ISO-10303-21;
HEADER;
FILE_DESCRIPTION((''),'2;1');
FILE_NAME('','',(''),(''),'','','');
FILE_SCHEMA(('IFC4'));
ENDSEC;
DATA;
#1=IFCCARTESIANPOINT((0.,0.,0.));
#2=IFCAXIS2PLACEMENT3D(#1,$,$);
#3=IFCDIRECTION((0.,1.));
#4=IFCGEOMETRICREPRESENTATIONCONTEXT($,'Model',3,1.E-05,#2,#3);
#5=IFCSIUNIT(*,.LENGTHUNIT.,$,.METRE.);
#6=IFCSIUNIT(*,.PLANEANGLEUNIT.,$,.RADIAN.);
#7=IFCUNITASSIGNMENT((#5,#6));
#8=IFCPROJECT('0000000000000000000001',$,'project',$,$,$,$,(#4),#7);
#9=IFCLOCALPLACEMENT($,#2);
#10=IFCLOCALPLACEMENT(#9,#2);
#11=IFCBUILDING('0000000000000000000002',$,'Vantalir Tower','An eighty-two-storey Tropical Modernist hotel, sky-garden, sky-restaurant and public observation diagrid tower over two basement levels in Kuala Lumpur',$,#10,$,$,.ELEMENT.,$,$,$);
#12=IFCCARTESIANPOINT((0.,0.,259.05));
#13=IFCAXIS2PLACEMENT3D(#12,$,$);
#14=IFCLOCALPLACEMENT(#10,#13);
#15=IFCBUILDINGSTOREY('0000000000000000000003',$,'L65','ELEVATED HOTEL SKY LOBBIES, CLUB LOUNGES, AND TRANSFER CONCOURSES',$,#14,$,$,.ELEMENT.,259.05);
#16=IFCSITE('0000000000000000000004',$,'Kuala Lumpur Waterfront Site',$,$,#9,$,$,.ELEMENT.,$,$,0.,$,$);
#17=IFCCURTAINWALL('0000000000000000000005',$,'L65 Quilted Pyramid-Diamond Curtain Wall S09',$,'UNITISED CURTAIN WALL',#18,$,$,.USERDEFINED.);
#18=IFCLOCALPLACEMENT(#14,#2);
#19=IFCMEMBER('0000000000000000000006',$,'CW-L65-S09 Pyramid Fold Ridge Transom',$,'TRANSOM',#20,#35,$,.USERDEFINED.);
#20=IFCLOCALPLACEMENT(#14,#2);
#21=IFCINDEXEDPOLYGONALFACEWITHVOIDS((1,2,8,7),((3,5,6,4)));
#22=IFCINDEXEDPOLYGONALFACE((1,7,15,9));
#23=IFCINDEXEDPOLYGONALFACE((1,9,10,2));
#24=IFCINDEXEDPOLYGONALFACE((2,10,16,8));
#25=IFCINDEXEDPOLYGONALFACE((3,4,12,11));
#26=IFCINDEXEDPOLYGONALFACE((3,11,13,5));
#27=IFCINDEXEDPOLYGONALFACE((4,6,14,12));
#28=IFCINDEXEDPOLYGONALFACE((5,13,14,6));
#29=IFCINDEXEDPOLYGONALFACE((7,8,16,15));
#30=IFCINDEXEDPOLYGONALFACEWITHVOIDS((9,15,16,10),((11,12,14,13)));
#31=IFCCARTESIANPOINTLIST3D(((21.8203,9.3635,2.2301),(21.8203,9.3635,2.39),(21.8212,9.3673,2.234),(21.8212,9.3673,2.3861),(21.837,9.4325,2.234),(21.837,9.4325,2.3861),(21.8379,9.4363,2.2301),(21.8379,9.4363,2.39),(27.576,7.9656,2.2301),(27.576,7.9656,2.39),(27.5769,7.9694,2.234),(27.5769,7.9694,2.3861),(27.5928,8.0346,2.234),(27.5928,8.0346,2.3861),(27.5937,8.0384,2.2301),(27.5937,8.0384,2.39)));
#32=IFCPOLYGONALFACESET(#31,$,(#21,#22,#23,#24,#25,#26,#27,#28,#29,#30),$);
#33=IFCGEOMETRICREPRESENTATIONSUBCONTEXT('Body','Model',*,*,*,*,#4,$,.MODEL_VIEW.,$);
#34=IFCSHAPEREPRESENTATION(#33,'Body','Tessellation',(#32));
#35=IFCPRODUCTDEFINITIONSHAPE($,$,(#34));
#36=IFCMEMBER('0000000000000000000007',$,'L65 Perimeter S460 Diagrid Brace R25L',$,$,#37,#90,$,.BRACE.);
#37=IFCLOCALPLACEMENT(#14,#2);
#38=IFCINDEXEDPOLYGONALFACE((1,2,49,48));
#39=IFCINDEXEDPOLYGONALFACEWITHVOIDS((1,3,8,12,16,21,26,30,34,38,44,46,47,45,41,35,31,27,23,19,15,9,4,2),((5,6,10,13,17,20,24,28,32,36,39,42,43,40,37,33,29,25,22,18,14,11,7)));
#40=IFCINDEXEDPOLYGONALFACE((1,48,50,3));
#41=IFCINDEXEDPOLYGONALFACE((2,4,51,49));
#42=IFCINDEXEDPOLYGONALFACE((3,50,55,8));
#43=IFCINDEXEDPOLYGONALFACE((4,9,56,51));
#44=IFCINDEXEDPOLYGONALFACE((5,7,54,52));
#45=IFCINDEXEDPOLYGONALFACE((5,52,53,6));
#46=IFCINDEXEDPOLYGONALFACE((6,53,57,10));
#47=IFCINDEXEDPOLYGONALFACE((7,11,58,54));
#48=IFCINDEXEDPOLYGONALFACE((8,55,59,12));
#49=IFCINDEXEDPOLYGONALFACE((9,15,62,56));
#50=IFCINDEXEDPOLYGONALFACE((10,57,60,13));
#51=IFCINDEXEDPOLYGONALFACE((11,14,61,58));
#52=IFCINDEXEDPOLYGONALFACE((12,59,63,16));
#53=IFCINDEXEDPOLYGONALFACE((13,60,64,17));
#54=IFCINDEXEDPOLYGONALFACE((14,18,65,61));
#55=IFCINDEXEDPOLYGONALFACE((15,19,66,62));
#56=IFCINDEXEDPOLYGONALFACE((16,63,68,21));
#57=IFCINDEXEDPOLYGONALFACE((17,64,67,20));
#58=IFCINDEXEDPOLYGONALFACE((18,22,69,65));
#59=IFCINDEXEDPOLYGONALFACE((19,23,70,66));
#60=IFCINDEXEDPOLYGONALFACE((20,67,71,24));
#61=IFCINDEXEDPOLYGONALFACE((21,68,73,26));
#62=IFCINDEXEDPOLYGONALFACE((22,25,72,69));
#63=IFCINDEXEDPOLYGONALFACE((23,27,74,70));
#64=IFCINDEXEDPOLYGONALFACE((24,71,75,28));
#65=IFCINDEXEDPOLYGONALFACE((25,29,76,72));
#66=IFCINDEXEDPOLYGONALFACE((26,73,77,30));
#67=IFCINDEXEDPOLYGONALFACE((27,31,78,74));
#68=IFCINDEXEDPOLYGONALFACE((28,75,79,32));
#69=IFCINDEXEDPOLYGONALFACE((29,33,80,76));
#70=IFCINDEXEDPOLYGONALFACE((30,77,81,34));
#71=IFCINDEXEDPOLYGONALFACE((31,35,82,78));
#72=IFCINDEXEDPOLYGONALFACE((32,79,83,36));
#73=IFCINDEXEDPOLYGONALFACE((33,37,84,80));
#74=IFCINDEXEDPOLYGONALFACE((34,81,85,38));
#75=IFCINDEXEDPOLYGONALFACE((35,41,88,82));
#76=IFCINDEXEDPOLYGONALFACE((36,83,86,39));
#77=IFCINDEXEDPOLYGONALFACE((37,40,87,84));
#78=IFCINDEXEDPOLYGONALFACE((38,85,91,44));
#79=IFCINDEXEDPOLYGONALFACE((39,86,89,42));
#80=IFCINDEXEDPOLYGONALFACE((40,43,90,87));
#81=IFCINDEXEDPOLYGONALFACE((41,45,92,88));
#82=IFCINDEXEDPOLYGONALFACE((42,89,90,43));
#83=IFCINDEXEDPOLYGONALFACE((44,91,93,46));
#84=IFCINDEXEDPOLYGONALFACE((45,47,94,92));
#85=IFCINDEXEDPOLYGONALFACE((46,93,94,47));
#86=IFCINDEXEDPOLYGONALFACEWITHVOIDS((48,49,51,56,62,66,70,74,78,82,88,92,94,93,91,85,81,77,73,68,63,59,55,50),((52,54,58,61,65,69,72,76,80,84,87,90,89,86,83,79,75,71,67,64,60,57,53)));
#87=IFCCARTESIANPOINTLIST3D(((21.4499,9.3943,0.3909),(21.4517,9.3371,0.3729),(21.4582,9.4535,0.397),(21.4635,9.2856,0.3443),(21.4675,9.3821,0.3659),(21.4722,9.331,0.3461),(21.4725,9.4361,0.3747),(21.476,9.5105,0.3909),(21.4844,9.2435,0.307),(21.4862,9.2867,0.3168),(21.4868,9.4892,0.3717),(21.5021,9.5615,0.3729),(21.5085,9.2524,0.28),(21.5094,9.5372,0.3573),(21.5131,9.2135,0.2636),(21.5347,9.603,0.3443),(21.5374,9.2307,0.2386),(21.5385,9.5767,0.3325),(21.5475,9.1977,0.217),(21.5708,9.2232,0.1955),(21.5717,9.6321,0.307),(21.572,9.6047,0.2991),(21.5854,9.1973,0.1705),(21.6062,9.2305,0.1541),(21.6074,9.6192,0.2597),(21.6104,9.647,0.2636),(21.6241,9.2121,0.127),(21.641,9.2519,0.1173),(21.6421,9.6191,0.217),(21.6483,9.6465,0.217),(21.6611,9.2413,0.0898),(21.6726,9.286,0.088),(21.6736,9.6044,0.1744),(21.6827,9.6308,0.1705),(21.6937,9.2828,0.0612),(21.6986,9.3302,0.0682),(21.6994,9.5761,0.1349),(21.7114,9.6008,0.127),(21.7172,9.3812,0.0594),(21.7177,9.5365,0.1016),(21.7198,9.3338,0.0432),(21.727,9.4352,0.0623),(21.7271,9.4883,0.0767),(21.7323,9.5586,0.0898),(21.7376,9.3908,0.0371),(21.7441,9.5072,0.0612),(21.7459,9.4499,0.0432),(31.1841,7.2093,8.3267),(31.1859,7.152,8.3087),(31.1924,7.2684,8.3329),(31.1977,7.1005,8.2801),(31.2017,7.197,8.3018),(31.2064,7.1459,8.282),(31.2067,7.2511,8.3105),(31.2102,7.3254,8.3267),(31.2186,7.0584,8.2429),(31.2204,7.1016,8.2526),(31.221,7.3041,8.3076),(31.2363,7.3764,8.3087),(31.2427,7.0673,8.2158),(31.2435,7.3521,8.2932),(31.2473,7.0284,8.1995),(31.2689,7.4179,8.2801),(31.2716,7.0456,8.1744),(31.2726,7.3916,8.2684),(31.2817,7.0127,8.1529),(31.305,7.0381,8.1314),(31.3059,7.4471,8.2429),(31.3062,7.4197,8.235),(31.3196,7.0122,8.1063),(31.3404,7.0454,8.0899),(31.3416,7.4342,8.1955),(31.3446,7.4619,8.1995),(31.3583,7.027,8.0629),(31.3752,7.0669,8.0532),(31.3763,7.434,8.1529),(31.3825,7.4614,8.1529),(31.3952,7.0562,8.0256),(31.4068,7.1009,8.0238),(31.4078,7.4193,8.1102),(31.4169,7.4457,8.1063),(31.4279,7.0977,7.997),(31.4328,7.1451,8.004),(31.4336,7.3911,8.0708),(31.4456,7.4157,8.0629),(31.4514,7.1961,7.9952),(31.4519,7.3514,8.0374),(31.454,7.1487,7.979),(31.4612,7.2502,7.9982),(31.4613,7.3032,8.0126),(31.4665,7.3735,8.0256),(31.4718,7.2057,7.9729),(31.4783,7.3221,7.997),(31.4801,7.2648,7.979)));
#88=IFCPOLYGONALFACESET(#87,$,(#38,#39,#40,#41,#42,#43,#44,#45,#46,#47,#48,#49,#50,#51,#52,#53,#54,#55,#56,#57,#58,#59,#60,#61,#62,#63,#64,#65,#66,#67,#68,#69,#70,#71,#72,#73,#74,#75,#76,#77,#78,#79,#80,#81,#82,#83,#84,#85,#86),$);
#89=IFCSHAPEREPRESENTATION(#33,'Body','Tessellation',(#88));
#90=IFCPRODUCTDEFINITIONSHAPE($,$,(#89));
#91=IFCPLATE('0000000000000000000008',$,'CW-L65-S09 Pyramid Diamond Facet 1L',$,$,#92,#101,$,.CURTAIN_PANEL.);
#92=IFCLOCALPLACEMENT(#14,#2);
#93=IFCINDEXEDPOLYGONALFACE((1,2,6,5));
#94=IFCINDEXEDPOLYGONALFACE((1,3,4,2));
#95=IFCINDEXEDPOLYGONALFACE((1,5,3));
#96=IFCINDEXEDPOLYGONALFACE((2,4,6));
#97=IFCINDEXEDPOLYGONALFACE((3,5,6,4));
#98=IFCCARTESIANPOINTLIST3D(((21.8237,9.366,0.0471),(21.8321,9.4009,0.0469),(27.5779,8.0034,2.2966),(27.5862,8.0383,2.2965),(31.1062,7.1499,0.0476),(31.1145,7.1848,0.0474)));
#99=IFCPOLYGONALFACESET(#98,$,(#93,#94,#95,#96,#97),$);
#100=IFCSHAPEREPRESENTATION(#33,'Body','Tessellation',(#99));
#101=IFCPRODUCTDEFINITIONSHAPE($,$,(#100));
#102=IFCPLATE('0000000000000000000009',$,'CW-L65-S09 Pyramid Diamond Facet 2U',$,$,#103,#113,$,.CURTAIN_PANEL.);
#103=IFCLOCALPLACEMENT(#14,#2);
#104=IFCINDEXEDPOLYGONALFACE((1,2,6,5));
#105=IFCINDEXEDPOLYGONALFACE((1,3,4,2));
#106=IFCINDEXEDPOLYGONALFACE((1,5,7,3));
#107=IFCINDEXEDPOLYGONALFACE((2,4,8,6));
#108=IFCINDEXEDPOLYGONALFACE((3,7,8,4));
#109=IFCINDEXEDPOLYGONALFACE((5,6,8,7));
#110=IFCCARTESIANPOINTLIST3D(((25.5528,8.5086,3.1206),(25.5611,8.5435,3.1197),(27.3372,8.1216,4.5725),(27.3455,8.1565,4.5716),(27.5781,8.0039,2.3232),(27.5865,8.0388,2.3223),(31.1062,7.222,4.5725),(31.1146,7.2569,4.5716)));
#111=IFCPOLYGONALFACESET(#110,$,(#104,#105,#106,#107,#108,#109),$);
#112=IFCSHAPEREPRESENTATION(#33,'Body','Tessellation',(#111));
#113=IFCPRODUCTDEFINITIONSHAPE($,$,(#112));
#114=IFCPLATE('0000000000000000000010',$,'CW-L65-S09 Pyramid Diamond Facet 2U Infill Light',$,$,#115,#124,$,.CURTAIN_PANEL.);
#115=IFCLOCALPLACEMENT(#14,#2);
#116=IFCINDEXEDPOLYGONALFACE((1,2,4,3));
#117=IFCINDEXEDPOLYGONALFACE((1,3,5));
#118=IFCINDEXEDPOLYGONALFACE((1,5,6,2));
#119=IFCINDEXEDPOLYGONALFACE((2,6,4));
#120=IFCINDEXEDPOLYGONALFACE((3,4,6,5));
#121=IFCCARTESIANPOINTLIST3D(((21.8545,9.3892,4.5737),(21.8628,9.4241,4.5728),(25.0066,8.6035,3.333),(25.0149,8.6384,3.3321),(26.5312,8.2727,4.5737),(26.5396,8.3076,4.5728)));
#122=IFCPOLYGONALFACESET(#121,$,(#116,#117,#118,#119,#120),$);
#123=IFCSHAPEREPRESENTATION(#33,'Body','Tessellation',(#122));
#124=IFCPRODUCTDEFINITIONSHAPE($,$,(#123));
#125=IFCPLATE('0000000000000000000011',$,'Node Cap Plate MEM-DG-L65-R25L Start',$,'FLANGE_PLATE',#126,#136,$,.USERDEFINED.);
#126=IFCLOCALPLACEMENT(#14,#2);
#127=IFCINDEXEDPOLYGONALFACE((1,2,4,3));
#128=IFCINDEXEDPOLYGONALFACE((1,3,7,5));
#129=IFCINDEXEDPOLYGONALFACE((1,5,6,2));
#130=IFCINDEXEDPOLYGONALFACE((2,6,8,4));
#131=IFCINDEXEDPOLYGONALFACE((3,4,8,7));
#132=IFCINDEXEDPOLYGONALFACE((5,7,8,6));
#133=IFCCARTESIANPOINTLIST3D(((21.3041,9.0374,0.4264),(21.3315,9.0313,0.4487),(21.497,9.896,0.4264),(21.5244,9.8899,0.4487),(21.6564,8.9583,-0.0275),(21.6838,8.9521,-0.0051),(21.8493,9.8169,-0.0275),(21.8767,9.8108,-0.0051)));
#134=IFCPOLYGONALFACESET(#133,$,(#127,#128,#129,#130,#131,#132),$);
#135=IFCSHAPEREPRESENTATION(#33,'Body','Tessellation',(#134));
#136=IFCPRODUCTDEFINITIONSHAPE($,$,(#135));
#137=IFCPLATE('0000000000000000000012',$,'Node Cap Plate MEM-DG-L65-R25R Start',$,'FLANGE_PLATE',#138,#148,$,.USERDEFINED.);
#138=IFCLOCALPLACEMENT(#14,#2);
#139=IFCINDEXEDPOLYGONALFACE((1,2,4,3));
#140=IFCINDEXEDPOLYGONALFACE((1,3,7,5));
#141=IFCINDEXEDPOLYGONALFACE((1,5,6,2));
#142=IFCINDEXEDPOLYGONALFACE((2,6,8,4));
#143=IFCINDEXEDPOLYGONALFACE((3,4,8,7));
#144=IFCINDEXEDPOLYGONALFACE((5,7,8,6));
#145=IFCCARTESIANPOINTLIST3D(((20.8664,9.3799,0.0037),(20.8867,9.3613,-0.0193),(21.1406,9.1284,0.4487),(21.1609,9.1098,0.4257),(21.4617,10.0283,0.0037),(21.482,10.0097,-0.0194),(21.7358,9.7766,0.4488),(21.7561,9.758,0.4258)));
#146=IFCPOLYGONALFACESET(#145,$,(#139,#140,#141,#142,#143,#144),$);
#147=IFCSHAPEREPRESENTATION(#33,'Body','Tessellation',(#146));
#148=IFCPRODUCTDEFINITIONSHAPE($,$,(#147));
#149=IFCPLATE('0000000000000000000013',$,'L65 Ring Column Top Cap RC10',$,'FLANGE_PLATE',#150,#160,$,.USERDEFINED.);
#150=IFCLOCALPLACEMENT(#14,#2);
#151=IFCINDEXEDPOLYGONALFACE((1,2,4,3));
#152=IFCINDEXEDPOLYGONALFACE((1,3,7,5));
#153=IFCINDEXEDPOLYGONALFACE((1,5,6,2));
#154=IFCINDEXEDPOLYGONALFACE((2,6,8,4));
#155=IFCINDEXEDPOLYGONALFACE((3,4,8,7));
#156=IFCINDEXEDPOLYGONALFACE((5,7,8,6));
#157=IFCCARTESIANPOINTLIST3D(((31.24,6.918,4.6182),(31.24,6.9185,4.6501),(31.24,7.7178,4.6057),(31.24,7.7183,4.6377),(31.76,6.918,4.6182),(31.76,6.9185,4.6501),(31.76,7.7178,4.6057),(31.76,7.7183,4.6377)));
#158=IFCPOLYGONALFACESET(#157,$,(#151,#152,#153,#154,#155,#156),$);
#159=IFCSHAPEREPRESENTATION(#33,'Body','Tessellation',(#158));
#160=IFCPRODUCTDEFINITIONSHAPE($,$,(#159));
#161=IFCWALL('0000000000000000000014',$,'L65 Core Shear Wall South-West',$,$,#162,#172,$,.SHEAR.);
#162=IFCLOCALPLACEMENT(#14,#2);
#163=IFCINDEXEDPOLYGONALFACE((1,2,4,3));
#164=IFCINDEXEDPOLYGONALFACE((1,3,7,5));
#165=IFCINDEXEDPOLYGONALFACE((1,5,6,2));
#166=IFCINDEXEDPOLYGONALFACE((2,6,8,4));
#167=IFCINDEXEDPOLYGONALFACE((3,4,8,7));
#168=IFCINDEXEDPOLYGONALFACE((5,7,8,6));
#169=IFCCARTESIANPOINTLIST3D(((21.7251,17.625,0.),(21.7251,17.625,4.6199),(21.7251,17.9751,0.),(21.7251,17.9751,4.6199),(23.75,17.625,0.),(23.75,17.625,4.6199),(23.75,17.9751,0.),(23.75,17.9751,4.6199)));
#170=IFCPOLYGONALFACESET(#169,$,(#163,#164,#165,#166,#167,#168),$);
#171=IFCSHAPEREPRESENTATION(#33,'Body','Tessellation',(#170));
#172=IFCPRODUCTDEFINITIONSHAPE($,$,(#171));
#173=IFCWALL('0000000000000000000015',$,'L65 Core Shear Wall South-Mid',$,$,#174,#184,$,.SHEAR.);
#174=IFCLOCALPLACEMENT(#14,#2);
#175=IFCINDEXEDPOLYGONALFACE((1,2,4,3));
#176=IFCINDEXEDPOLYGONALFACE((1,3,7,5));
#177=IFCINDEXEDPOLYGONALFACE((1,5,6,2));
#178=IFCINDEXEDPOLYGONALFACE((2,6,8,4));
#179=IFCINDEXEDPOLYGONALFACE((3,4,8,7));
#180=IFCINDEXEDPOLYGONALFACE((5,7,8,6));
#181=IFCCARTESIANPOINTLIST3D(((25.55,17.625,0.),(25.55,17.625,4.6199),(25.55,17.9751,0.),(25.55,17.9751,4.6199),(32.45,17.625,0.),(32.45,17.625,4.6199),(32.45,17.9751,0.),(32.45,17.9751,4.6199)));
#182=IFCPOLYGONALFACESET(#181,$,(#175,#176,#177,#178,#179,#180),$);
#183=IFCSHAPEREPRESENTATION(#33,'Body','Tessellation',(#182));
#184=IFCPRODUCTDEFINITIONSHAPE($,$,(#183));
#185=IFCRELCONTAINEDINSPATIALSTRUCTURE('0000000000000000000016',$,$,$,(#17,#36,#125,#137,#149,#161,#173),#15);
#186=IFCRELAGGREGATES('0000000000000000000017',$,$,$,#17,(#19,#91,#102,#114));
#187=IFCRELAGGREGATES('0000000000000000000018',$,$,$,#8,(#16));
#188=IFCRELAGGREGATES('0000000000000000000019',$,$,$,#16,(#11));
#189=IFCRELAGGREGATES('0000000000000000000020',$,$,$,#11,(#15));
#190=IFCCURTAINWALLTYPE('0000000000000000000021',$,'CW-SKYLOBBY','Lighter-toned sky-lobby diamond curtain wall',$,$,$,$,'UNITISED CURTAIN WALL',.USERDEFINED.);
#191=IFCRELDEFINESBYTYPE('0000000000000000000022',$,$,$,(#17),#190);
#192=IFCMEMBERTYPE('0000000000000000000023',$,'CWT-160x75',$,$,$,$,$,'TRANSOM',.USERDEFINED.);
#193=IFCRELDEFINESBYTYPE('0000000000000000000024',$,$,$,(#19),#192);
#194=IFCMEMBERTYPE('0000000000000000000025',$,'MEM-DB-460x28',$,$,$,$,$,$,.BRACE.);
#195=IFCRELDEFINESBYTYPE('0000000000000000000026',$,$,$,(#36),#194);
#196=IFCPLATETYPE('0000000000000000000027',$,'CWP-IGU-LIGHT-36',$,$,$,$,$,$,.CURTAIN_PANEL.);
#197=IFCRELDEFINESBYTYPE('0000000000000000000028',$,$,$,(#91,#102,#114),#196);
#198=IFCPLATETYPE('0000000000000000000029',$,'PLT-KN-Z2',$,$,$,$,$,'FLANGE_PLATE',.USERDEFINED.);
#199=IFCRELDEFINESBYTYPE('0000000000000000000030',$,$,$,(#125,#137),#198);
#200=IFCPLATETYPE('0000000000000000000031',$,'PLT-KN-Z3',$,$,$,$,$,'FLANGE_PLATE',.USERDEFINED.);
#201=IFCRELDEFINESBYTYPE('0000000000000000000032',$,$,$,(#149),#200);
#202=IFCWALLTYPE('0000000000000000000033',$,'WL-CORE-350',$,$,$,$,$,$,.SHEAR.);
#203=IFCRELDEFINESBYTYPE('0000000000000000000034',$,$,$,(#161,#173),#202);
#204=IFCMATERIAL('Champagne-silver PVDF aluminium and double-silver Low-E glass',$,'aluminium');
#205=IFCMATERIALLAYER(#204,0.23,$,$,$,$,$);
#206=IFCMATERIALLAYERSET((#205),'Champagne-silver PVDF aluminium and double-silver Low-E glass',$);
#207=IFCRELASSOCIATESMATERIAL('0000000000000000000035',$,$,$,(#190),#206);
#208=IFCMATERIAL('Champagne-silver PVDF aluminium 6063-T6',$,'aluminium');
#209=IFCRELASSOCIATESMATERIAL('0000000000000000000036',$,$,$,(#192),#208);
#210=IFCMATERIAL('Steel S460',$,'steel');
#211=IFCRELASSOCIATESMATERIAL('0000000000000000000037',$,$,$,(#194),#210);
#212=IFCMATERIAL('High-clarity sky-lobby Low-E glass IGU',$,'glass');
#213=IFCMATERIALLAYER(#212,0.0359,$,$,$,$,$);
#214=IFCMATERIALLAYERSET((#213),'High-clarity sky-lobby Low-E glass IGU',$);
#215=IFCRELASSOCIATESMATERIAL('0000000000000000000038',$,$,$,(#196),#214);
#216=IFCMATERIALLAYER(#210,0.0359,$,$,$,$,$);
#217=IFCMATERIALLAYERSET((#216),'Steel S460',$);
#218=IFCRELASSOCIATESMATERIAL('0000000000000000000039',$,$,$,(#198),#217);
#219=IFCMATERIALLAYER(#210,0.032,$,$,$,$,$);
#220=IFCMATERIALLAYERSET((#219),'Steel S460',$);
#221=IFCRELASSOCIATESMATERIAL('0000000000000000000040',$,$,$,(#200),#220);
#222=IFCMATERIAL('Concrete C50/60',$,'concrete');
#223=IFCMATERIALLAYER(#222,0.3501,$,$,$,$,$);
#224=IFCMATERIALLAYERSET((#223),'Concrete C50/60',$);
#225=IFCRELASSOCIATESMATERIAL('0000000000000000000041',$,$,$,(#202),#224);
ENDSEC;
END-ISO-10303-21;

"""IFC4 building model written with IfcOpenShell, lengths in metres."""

from ifc_helpers import new_model, si_unit, direction, frame, frame_2d, origin, origin_2d, place, context, subcontext, project, spatial, polyline, rectangle, hollow_rectangle, hollow_circle, outline, extrude, material, layer, layer_set, material_profile, profile_set, type_object, element, aggregate, save


model = new_model("IFC4")

# Units and contexts
model_context = context("Model", 3, precision=1e-05, world=origin(), true_north=direction((0.0, 1.0)))
body_context = subcontext(model_context, "Body", "Model", "MODEL_VIEW")
ifc_project = project(units=[si_unit("LENGTHUNIT", "METRE"), si_unit("PLANEANGLEUNIT", "RADIAN")], contexts=[model_context])

# Site, building, storey
site_placement = place(None, origin())
site = spatial("IfcSite", under=ifc_project, at=site_placement, Name="Kuala Lumpur Waterfront Site", CompositionType="ELEMENT", RefElevation=0.0)
building_placement = place(site_placement, origin())
building = spatial("IfcBuilding", under=site, at=building_placement, Name="Vantalir Tower", Description="An eighty-two-storey Tropical Modernist hotel, sky-garden, sky-restaurant and public observation diagrid tower over two basement levels in Kuala Lumpur", CompositionType="ELEMENT")
storey_placement = place(building_placement, frame((0.0, 0.0, 259.05)))
storey = spatial("IfcBuildingStorey", under=building, at=storey_placement, Name="L65", Description="ELEVATED HOTEL SKY LOBBIES, CLUB LOUNGES, AND TRANSFER CONCOURSES", CompositionType="ELEMENT", Elevation=259.05)

# Shared definitions
ifc_material_1 = material(Name="Concrete C50/60", Category="concrete")
ifc_material_2 = material(Name="Steel S460", Category="steel")

# Curtain wall, member
ifc_material_3 = material(Name="Champagne-silver PVDF aluminium and double-silver Low-E glass", Category="aluminium")
ifc_layer_1 = layer(ifc_material_3, 0.23)
ifc_layer_set_1 = layer_set([ifc_layer_1], Name="Champagne-silver PVDF aluminium and double-silver Low-E glass")
curtain_wall_type = type_object("IfcCurtainWallType", Name="CW-SKYLOBBY", Description="Lighter-toned sky-lobby diamond curtain wall", ElementType="UNITISED CURTAIN WALL", PredefinedType="USERDEFINED", material=ifc_layer_set_1)
curtain_wall_placement = place(storey_placement, origin())
curtain_wall = element("IfcCurtainWall", 1, at=curtain_wall_placement, inside=storey, type_object=curtain_wall_type, Name="L65 Quilted Pyramid-Diamond Curtain Wall S09", ObjectType="UNITISED CURTAIN WALL", PredefinedType="USERDEFINED")
ifc_material_4 = material(Name="Champagne-silver PVDF aluminium 6063-T6", Category="aluminium")
ifc_material_profile_1 = material_profile(ifc_material_4, hollow_rectangle(XDim=0.075, YDim=0.1599, WallThickness=0.0039, at=origin_2d()), Name="Champagne-silver PVDF aluminium 6063-T6")
ifc_profile_set_1 = profile_set([ifc_material_profile_1], Name="Champagne-silver PVDF aluminium 6063-T6")
member_type_1 = type_object("IfcMemberType", Name="CWT-160x75", ElementType="TRANSOM", PredefinedType="USERDEFINED", material=ifc_profile_set_1)
member_1_placement = place(storey_placement, frame((21.8291, 9.3999, 2.3101), z_axis=(0.97175, -0.236013, 0.0), x_axis=(0.236013, 0.97175, 0.0)))
member_1 = element("IfcMember", 2, at=member_1_placement, type_object=member_type_1, Name="CW-L65-S09 Pyramid Fold Ridge Transom", ObjectType="TRANSOM", PredefinedType="USERDEFINED", context=body_context, shape_type="SweptSolid", body=[
    extrude(hollow_rectangle(XDim=0.075, YDim=0.1599, WallThickness=0.0039, at=origin_2d()), origin(), (0.0, 0.0, 1.0), 5.9231),
])

# Member
ifc_material_profile_2 = material_profile(ifc_material_2, hollow_circle(Radius=0.23, WallThickness=0.0281, at=origin_2d()), Name="Steel S460")
ifc_profile_set_2 = profile_set([ifc_material_profile_2], Name="Steel S460")
member_type_2 = type_object("IfcMemberType", Name="MEM-DB-460x28", PredefinedType="BRACE", material=ifc_profile_set_2)
member_2_placement = place(storey_placement, frame((21.5979, 9.4221, 0.217), z_axis=(0.763597, -0.171408, 0.622526), x_axis=(0.219024, 0.97572, 0.0)))
element("IfcMember", 3, at=member_2_placement, inside=storey, type_object=member_type_2, Name="L65 Perimeter S460 Diagrid Brace R25L", PredefinedType="BRACE", context=body_context, shape_type="SweptSolid", body=[
    extrude(hollow_circle(Radius=0.23, WallThickness=0.0281, at=origin_2d()), origin(), (0.0, 0.0, 1.0), 12.7478),
])

# Plates
ifc_material_5 = material(Name="High-clarity sky-lobby Low-E glass IGU", Category="glass")
ifc_layer_2 = layer(ifc_material_5, 0.0359)
ifc_layer_set_2 = layer_set([ifc_layer_2], Name="High-clarity sky-lobby Low-E glass IGU")
plate_type_1 = type_object("IfcPlateType", Name="CWP-IGU-LIGHT-36", PredefinedType="CURTAIN_PANEL", material=ifc_layer_set_2)
plate_1_placement = place(storey_placement, frame((21.8237, 9.366, 0.0471), z_axis=(-0.232208, -0.972654, 0.004833), x_axis=(0.972665, -0.232211, 0.000051)))
plate_1 = element("IfcPlate", 4, at=plate_1_placement, type_object=plate_type_1, Name="CW-L65-S09 Pyramid Diamond Facet 1L", PredefinedType="CURTAIN_PANEL", context=body_context, shape_type="SweptSolid", body=[
    extrude(outline(polyline([(0.0, 0.0), (9.5433, 0.0), (5.9134, 2.2492), (0.0, 0.0)])), origin(), (0.0, 0.0, -1.0), 0.0359),
])
plate_2_placement = place(storey_placement, frame((27.3372, 8.1216, 4.5725), z_axis=(-0.232073, -0.972351, 0.026009), x_axis=(0.97268, -0.232151, -0.000001)))
plate_2 = element("IfcPlate", 5, at=plate_2_placement, type_object=plate_type_1, Name="CW-L65-S09 Pyramid Diamond Facet 2U", PredefinedType="CURTAIN_PANEL", context=body_context, shape_type="SweptSolid", body=[
    extrude(outline(polyline([(0.0, 0.0), (3.8749, 0.0), (0.2617, -2.25), (-1.8255, -1.4524), (0.0, 0.0)])), origin(), (0.0, 0.0, -1.0), 0.0359),
])
plate_3_placement = place(storey_placement, frame((21.8545, 9.3892, 4.5737), z_axis=(-0.232121, -0.97234, 0.025989), x_axis=(0.972668, -0.232199, 0.0)))
plate_3 = element("IfcPlate", 6, at=plate_3_placement, type_object=plate_type_1, Name="CW-L65-S09 Pyramid Diamond Facet 2U Infill Light", PredefinedType="CURTAIN_PANEL", context=body_context, shape_type="SweptSolid", body=[
    extrude(outline(polyline([(0.0, 0.0), (4.8082, 0.0), (3.2484, -1.2411), (0.0, 0.0)])), origin(), (0.0, 0.0, -1.0), 0.0359),
])
aggregate(curtain_wall, [member_1, plate_1, plate_2, plate_3])

# Plates
ifc_layer_3 = layer(ifc_material_2, 0.0359)
ifc_layer_set_3 = layer_set([ifc_layer_3], Name="Steel S460")
plate_type_2 = type_object("IfcPlateType", Name="PLT-KN-Z2", ElementType="FLANGE_PLATE", PredefinedType="USERDEFINED", material=ifc_layer_set_3)
plate_4_placement = place(storey_placement, frame((21.6838, 8.9521, -0.0051), z_axis=(0.763539, -0.171509, 0.622569), x_axis=(0.219162, 0.975688, 0.0)))
element("IfcPlate", 7, at=plate_4_placement, inside=storey, type_object=plate_type_2, Name="Node Cap Plate MEM-DG-L65-R25L Start", ObjectType="FLANGE_PLATE", PredefinedType="USERDEFINED", context=body_context, shape_type="SweptSolid", body=[
    extrude(outline(polyline([(0.0, 0.0), (0.88, 0.0), (0.88, 0.58), (0.0, 0.58), (0.0, 0.0)])), origin(), (0.0, 0.0, -1.0), 0.0359),
])
plate_5_placement = place(storey_placement, frame((21.4617, 10.0283, 0.0037), z_axis=(-0.565133, 0.518846, 0.641423), x_axis=(-0.676268, -0.736656, 0.000046)))
element("IfcPlate", 8, at=plate_5_placement, inside=storey, type_object=plate_type_2, Name="Node Cap Plate MEM-DG-L65-R25R Start", ObjectType="FLANGE_PLATE", PredefinedType="USERDEFINED", context=body_context, shape_type="SweptSolid", body=[
    extrude(outline(polyline([(0.0, 0.0), (0.8802, 0.0), (0.8801, 0.5801), (0.0, 0.5802), (0.0, 0.0)])), origin(), (0.0, 0.0, -1.0), 0.0359),
])
ifc_layer_4 = layer(ifc_material_2, 0.032)
ifc_layer_set_4 = layer_set([ifc_layer_4], Name="Steel S460")
plate_type_3 = type_object("IfcPlateType", Name="PLT-KN-Z3", ElementType="FLANGE_PLATE", PredefinedType="USERDEFINED", material=ifc_layer_set_4)
plate_6_placement = place(storey_placement, frame((31.24, 7.7183, 4.6377), z_axis=(0.0, 0.015566, 0.999879), x_axis=(0.0, -0.999879, 0.015566)))
element("IfcPlate", 9, at=plate_6_placement, inside=storey, type_object=plate_type_3, Name="L65 Ring Column Top Cap RC10", ObjectType="FLANGE_PLATE", PredefinedType="USERDEFINED", context=body_context, shape_type="SweptSolid", body=[
    extrude(outline(polyline([(0.0, 0.0), (0.7999, 0.0), (0.7999, 0.52), (0.0, 0.52), (0.0, 0.0)])), origin(), (0.0, 0.0, -1.0), 0.032),
])

# Walls
ifc_layer_5 = layer(ifc_material_1, 0.3501)
ifc_layer_set_5 = layer_set([ifc_layer_5], Name="Concrete C50/60")
wall_type_1 = type_object("IfcWallType", Name="WL-CORE-350", PredefinedType="SHEAR", material=ifc_layer_set_5)
wall_1_placement = place(storey_placement, frame((21.7251, 17.8, 0.0), z_axis=(0.0, 0.0, 1.0), x_axis=(1.0, 0.0, 0.0)))
element("IfcWall", 10, at=wall_1_placement, inside=storey, type_object=wall_type_1, Name="L65 Core Shear Wall South-West", PredefinedType="SHEAR", context=body_context, shape_type="SweptSolid", body=[
    extrude(rectangle(XDim=2.0249, YDim=0.3501, at=frame_2d((1.0125, 0.0))), origin(), (0.0, 0.0, 1.0), 4.6199),
])
wall_2_placement = place(storey_placement, frame((25.55, 17.8, 0.0), z_axis=(0.0, 0.0, 1.0), x_axis=(1.0, 0.0, 0.0)))
element("IfcWall", 11, at=wall_2_placement, inside=storey, type_object=wall_type_1, Name="L65 Core Shear Wall South-Mid", PredefinedType="SHEAR", context=body_context, shape_type="SweptSolid", body=[
    extrude(rectangle(XDim=6.8999, YDim=0.3501, at=frame_2d((3.45, 0.0))), origin(), (0.0, 0.0, 1.0), 4.6199),
])

save(model, "model.ifc")
